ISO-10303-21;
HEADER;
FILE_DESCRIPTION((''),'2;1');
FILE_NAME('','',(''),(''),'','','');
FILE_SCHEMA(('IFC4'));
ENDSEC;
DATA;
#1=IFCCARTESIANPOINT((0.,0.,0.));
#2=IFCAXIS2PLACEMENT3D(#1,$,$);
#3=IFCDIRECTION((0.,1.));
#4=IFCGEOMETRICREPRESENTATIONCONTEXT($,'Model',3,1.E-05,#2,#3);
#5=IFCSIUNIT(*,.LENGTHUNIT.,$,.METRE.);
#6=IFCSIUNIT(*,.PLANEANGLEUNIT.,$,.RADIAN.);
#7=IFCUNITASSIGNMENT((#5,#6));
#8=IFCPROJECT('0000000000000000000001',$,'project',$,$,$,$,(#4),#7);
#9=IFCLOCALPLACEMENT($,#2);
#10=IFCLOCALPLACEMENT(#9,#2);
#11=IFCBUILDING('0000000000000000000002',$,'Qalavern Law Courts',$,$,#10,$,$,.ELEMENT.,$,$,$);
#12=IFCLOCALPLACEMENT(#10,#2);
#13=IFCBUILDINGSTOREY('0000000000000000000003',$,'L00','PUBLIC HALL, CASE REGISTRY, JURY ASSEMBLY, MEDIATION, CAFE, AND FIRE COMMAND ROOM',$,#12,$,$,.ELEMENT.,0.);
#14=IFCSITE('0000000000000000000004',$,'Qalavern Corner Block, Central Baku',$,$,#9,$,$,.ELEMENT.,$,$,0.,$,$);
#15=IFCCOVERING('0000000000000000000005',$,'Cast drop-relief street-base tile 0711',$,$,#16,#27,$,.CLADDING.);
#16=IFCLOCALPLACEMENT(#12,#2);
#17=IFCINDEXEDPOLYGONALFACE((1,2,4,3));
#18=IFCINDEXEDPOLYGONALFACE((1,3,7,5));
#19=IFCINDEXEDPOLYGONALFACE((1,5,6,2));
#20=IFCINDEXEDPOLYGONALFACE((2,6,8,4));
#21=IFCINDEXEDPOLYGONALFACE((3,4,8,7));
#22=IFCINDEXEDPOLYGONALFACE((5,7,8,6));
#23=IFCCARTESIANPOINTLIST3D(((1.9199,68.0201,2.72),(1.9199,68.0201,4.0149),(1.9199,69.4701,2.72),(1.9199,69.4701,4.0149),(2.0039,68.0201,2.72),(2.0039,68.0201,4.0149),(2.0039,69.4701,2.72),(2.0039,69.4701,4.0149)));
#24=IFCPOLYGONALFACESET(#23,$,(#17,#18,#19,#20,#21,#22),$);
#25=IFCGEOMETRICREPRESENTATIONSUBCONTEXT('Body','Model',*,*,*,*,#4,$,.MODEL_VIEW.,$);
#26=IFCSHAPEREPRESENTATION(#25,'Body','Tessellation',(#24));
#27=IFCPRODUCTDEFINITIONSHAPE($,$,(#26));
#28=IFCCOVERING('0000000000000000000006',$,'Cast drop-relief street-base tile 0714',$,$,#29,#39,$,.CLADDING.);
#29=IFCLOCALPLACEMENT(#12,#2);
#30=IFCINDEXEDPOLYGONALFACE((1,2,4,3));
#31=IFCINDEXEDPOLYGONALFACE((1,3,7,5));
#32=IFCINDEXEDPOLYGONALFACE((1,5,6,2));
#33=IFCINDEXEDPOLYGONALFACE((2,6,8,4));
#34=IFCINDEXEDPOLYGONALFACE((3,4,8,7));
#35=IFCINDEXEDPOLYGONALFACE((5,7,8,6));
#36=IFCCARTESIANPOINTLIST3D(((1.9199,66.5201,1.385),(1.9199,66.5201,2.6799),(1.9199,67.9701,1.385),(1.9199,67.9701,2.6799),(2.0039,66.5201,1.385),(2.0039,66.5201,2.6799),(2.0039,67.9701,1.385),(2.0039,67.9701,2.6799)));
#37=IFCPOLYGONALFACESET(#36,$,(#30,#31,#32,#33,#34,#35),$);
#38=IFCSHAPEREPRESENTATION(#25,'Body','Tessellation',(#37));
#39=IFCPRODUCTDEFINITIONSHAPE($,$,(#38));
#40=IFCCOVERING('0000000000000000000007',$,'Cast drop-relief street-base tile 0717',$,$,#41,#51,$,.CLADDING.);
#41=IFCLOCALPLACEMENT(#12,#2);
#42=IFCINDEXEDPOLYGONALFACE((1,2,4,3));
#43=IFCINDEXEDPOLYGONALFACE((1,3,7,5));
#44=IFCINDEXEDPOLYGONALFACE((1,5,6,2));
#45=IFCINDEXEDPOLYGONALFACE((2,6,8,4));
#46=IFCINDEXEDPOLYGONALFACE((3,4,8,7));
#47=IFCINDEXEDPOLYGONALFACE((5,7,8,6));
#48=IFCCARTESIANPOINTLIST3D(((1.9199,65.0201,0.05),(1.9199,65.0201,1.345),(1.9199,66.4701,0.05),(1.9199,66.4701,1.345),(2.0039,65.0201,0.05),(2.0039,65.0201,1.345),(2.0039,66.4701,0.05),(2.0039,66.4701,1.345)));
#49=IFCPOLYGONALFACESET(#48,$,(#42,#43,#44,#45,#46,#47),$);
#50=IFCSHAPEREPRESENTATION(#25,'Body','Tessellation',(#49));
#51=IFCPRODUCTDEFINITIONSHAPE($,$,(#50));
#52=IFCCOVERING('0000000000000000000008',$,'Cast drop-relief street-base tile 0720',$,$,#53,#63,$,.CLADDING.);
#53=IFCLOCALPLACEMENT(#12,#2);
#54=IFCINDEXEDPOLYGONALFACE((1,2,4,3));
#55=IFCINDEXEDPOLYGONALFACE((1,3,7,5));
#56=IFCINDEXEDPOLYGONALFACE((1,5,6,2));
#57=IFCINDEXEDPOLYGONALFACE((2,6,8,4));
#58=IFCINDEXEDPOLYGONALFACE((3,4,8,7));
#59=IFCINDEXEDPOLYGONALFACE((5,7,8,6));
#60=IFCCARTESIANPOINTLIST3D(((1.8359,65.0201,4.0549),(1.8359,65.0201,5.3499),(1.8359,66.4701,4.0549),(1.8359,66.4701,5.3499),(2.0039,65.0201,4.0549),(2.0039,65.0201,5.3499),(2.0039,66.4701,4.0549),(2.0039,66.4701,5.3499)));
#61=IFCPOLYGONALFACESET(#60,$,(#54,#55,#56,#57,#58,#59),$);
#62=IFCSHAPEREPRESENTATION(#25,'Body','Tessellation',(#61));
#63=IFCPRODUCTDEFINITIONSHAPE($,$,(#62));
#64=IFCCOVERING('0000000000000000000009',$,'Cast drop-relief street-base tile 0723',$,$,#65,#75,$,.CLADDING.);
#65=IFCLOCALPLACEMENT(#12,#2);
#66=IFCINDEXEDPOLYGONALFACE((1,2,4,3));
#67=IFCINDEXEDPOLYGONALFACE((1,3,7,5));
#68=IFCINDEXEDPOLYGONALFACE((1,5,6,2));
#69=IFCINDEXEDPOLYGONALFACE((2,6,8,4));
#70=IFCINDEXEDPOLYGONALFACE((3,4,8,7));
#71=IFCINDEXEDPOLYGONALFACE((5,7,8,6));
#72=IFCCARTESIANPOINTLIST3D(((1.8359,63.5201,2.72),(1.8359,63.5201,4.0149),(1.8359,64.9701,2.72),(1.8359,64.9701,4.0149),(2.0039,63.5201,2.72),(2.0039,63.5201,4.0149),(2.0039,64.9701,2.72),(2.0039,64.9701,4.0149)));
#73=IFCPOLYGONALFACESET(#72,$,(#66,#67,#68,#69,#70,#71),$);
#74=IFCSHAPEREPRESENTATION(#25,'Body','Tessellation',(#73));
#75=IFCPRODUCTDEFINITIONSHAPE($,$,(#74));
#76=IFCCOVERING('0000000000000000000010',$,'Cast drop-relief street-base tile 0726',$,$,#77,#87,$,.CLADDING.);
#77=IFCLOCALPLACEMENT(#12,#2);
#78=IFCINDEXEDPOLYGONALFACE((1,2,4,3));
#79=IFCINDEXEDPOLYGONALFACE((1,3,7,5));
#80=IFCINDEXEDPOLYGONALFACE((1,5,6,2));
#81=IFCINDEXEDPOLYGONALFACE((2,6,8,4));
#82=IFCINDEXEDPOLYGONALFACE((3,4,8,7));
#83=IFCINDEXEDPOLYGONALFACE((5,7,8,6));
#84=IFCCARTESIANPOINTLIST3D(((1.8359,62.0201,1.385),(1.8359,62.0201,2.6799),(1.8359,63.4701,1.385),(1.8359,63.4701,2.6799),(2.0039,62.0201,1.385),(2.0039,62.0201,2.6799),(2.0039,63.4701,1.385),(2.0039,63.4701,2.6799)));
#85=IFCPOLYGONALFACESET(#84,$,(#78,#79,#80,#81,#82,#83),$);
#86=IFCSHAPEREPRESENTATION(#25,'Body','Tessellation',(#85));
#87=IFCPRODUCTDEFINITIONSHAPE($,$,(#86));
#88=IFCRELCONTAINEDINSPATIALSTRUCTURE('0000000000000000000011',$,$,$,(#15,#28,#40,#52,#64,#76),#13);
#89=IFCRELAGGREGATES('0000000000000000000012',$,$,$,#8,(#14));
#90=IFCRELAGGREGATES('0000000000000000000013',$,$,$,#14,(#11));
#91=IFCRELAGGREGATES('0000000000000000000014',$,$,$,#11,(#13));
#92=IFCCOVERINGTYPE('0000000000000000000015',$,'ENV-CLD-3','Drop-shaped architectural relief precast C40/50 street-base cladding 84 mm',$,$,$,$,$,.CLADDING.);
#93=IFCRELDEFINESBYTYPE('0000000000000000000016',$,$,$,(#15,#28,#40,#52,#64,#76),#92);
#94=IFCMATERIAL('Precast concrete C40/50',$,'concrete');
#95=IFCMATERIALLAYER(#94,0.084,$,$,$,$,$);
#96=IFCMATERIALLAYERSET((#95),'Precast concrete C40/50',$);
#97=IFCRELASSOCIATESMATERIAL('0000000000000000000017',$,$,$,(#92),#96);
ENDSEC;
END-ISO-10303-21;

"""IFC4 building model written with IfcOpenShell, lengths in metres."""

from ifc_helpers import new_model, si_unit, direction, frame, origin, origin_2d, place, context, subcontext, project, spatial, rectangle, extrude, material, layer, layer_set, type_object, element, save


model = new_model("IFC4")

# Units and contexts
model_context = context("Model", 3, precision=1e-05, world=origin(), true_north=direction((0.0, 1.0)))
body_context = subcontext(model_context, "Body", "Model", "MODEL_VIEW")
ifc_project = project(units=[si_unit("LENGTHUNIT", "METRE"), si_unit("PLANEANGLEUNIT", "RADIAN")], contexts=[model_context])

# Site, building, storey
site_placement = place(None, origin())
site = spatial("IfcSite", under=ifc_project, at=site_placement, Name="Qalavern Corner Block, Central Baku", CompositionType="ELEMENT", RefElevation=0.0)
building_placement = place(site_placement, origin())
building = spatial("IfcBuilding", under=site, at=building_placement, Name="Qalavern Law Courts", CompositionType="ELEMENT")
storey_placement = place(building_placement, origin())
storey = spatial("IfcBuildingStorey", under=building, at=storey_placement, Name="L00", Description="PUBLIC HALL, CASE REGISTRY, JURY ASSEMBLY, MEDIATION, CAFE, AND FIRE COMMAND ROOM", CompositionType="ELEMENT", Elevation=0.0)

# Coverings
ifc_material_1 = material(Name="Precast concrete C40/50", Category="concrete")
ifc_layer_1 = layer(ifc_material_1, 0.084)
ifc_layer_set_1 = layer_set([ifc_layer_1], Name="Precast concrete C40/50")
covering_type_1 = type_object("IfcCoveringType", Name="ENV-CLD-3", Description="Drop-shaped architectural relief precast C40/50 street-base cladding 84 mm", PredefinedType="CLADDING", material=ifc_layer_set_1)
for number, where, z_axis, x_axis, name in (
    (1, (1.9619, 68.7451, 2.72), (0.0, 0.0, 1.0), (0.0, -1.0, 0.0), "Cast drop-relief street-base tile 0711"),
    (2, (1.9619, 67.2451, 1.385), (0.0, 0.0, 1.0), (0.0, -1.0, 0.0), "Cast drop-relief street-base tile 0714"),
    (3, (1.9619, 65.7451, 0.05), (0.0, 0.0, 1.0), (0.0, -1.0, 0.0), "Cast drop-relief street-base tile 0717"),
):
    element("IfcCovering", number, at=place(storey_placement, frame(where, z_axis=z_axis, x_axis=x_axis)), inside=storey, type_object=covering_type_1, Name=name, PredefinedType="CLADDING", context=body_context, shape_type="SweptSolid", body=[
        extrude(rectangle(XDim=1.45, YDim=0.084, at=origin_2d()), origin(), (0.0, 0.0, 1.0), 1.2949),
    ])
for number, where, z_axis, x_axis, name in (
    (4, (1.9199, 65.7451, 4.0549), (0.0, 0.0, 1.0), (0.0, -1.0, 0.0), "Cast drop-relief street-base tile 0720"),
    (5, (1.9199, 64.2451, 2.72), (0.0, 0.0, 1.0), (0.0, -1.0, 0.0), "Cast drop-relief street-base tile 0723"),
    (6, (1.9199, 62.7451, 1.385), (0.0, 0.0, 1.0), (0.0, -1.0, 0.0), "Cast drop-relief street-base tile 0726"),
):
    element("IfcCovering", number, at=place(storey_placement, frame(where, z_axis=z_axis, x_axis=x_axis)), inside=storey, type_object=covering_type_1, Name=name, PredefinedType="CLADDING", context=body_context, shape_type="SweptSolid", body=[
        extrude(rectangle(XDim=1.45, YDim=0.168, at=origin_2d()), origin(), (0.0, 0.0, 1.0), 1.2949),
    ])

save(model, "model.ifc")
